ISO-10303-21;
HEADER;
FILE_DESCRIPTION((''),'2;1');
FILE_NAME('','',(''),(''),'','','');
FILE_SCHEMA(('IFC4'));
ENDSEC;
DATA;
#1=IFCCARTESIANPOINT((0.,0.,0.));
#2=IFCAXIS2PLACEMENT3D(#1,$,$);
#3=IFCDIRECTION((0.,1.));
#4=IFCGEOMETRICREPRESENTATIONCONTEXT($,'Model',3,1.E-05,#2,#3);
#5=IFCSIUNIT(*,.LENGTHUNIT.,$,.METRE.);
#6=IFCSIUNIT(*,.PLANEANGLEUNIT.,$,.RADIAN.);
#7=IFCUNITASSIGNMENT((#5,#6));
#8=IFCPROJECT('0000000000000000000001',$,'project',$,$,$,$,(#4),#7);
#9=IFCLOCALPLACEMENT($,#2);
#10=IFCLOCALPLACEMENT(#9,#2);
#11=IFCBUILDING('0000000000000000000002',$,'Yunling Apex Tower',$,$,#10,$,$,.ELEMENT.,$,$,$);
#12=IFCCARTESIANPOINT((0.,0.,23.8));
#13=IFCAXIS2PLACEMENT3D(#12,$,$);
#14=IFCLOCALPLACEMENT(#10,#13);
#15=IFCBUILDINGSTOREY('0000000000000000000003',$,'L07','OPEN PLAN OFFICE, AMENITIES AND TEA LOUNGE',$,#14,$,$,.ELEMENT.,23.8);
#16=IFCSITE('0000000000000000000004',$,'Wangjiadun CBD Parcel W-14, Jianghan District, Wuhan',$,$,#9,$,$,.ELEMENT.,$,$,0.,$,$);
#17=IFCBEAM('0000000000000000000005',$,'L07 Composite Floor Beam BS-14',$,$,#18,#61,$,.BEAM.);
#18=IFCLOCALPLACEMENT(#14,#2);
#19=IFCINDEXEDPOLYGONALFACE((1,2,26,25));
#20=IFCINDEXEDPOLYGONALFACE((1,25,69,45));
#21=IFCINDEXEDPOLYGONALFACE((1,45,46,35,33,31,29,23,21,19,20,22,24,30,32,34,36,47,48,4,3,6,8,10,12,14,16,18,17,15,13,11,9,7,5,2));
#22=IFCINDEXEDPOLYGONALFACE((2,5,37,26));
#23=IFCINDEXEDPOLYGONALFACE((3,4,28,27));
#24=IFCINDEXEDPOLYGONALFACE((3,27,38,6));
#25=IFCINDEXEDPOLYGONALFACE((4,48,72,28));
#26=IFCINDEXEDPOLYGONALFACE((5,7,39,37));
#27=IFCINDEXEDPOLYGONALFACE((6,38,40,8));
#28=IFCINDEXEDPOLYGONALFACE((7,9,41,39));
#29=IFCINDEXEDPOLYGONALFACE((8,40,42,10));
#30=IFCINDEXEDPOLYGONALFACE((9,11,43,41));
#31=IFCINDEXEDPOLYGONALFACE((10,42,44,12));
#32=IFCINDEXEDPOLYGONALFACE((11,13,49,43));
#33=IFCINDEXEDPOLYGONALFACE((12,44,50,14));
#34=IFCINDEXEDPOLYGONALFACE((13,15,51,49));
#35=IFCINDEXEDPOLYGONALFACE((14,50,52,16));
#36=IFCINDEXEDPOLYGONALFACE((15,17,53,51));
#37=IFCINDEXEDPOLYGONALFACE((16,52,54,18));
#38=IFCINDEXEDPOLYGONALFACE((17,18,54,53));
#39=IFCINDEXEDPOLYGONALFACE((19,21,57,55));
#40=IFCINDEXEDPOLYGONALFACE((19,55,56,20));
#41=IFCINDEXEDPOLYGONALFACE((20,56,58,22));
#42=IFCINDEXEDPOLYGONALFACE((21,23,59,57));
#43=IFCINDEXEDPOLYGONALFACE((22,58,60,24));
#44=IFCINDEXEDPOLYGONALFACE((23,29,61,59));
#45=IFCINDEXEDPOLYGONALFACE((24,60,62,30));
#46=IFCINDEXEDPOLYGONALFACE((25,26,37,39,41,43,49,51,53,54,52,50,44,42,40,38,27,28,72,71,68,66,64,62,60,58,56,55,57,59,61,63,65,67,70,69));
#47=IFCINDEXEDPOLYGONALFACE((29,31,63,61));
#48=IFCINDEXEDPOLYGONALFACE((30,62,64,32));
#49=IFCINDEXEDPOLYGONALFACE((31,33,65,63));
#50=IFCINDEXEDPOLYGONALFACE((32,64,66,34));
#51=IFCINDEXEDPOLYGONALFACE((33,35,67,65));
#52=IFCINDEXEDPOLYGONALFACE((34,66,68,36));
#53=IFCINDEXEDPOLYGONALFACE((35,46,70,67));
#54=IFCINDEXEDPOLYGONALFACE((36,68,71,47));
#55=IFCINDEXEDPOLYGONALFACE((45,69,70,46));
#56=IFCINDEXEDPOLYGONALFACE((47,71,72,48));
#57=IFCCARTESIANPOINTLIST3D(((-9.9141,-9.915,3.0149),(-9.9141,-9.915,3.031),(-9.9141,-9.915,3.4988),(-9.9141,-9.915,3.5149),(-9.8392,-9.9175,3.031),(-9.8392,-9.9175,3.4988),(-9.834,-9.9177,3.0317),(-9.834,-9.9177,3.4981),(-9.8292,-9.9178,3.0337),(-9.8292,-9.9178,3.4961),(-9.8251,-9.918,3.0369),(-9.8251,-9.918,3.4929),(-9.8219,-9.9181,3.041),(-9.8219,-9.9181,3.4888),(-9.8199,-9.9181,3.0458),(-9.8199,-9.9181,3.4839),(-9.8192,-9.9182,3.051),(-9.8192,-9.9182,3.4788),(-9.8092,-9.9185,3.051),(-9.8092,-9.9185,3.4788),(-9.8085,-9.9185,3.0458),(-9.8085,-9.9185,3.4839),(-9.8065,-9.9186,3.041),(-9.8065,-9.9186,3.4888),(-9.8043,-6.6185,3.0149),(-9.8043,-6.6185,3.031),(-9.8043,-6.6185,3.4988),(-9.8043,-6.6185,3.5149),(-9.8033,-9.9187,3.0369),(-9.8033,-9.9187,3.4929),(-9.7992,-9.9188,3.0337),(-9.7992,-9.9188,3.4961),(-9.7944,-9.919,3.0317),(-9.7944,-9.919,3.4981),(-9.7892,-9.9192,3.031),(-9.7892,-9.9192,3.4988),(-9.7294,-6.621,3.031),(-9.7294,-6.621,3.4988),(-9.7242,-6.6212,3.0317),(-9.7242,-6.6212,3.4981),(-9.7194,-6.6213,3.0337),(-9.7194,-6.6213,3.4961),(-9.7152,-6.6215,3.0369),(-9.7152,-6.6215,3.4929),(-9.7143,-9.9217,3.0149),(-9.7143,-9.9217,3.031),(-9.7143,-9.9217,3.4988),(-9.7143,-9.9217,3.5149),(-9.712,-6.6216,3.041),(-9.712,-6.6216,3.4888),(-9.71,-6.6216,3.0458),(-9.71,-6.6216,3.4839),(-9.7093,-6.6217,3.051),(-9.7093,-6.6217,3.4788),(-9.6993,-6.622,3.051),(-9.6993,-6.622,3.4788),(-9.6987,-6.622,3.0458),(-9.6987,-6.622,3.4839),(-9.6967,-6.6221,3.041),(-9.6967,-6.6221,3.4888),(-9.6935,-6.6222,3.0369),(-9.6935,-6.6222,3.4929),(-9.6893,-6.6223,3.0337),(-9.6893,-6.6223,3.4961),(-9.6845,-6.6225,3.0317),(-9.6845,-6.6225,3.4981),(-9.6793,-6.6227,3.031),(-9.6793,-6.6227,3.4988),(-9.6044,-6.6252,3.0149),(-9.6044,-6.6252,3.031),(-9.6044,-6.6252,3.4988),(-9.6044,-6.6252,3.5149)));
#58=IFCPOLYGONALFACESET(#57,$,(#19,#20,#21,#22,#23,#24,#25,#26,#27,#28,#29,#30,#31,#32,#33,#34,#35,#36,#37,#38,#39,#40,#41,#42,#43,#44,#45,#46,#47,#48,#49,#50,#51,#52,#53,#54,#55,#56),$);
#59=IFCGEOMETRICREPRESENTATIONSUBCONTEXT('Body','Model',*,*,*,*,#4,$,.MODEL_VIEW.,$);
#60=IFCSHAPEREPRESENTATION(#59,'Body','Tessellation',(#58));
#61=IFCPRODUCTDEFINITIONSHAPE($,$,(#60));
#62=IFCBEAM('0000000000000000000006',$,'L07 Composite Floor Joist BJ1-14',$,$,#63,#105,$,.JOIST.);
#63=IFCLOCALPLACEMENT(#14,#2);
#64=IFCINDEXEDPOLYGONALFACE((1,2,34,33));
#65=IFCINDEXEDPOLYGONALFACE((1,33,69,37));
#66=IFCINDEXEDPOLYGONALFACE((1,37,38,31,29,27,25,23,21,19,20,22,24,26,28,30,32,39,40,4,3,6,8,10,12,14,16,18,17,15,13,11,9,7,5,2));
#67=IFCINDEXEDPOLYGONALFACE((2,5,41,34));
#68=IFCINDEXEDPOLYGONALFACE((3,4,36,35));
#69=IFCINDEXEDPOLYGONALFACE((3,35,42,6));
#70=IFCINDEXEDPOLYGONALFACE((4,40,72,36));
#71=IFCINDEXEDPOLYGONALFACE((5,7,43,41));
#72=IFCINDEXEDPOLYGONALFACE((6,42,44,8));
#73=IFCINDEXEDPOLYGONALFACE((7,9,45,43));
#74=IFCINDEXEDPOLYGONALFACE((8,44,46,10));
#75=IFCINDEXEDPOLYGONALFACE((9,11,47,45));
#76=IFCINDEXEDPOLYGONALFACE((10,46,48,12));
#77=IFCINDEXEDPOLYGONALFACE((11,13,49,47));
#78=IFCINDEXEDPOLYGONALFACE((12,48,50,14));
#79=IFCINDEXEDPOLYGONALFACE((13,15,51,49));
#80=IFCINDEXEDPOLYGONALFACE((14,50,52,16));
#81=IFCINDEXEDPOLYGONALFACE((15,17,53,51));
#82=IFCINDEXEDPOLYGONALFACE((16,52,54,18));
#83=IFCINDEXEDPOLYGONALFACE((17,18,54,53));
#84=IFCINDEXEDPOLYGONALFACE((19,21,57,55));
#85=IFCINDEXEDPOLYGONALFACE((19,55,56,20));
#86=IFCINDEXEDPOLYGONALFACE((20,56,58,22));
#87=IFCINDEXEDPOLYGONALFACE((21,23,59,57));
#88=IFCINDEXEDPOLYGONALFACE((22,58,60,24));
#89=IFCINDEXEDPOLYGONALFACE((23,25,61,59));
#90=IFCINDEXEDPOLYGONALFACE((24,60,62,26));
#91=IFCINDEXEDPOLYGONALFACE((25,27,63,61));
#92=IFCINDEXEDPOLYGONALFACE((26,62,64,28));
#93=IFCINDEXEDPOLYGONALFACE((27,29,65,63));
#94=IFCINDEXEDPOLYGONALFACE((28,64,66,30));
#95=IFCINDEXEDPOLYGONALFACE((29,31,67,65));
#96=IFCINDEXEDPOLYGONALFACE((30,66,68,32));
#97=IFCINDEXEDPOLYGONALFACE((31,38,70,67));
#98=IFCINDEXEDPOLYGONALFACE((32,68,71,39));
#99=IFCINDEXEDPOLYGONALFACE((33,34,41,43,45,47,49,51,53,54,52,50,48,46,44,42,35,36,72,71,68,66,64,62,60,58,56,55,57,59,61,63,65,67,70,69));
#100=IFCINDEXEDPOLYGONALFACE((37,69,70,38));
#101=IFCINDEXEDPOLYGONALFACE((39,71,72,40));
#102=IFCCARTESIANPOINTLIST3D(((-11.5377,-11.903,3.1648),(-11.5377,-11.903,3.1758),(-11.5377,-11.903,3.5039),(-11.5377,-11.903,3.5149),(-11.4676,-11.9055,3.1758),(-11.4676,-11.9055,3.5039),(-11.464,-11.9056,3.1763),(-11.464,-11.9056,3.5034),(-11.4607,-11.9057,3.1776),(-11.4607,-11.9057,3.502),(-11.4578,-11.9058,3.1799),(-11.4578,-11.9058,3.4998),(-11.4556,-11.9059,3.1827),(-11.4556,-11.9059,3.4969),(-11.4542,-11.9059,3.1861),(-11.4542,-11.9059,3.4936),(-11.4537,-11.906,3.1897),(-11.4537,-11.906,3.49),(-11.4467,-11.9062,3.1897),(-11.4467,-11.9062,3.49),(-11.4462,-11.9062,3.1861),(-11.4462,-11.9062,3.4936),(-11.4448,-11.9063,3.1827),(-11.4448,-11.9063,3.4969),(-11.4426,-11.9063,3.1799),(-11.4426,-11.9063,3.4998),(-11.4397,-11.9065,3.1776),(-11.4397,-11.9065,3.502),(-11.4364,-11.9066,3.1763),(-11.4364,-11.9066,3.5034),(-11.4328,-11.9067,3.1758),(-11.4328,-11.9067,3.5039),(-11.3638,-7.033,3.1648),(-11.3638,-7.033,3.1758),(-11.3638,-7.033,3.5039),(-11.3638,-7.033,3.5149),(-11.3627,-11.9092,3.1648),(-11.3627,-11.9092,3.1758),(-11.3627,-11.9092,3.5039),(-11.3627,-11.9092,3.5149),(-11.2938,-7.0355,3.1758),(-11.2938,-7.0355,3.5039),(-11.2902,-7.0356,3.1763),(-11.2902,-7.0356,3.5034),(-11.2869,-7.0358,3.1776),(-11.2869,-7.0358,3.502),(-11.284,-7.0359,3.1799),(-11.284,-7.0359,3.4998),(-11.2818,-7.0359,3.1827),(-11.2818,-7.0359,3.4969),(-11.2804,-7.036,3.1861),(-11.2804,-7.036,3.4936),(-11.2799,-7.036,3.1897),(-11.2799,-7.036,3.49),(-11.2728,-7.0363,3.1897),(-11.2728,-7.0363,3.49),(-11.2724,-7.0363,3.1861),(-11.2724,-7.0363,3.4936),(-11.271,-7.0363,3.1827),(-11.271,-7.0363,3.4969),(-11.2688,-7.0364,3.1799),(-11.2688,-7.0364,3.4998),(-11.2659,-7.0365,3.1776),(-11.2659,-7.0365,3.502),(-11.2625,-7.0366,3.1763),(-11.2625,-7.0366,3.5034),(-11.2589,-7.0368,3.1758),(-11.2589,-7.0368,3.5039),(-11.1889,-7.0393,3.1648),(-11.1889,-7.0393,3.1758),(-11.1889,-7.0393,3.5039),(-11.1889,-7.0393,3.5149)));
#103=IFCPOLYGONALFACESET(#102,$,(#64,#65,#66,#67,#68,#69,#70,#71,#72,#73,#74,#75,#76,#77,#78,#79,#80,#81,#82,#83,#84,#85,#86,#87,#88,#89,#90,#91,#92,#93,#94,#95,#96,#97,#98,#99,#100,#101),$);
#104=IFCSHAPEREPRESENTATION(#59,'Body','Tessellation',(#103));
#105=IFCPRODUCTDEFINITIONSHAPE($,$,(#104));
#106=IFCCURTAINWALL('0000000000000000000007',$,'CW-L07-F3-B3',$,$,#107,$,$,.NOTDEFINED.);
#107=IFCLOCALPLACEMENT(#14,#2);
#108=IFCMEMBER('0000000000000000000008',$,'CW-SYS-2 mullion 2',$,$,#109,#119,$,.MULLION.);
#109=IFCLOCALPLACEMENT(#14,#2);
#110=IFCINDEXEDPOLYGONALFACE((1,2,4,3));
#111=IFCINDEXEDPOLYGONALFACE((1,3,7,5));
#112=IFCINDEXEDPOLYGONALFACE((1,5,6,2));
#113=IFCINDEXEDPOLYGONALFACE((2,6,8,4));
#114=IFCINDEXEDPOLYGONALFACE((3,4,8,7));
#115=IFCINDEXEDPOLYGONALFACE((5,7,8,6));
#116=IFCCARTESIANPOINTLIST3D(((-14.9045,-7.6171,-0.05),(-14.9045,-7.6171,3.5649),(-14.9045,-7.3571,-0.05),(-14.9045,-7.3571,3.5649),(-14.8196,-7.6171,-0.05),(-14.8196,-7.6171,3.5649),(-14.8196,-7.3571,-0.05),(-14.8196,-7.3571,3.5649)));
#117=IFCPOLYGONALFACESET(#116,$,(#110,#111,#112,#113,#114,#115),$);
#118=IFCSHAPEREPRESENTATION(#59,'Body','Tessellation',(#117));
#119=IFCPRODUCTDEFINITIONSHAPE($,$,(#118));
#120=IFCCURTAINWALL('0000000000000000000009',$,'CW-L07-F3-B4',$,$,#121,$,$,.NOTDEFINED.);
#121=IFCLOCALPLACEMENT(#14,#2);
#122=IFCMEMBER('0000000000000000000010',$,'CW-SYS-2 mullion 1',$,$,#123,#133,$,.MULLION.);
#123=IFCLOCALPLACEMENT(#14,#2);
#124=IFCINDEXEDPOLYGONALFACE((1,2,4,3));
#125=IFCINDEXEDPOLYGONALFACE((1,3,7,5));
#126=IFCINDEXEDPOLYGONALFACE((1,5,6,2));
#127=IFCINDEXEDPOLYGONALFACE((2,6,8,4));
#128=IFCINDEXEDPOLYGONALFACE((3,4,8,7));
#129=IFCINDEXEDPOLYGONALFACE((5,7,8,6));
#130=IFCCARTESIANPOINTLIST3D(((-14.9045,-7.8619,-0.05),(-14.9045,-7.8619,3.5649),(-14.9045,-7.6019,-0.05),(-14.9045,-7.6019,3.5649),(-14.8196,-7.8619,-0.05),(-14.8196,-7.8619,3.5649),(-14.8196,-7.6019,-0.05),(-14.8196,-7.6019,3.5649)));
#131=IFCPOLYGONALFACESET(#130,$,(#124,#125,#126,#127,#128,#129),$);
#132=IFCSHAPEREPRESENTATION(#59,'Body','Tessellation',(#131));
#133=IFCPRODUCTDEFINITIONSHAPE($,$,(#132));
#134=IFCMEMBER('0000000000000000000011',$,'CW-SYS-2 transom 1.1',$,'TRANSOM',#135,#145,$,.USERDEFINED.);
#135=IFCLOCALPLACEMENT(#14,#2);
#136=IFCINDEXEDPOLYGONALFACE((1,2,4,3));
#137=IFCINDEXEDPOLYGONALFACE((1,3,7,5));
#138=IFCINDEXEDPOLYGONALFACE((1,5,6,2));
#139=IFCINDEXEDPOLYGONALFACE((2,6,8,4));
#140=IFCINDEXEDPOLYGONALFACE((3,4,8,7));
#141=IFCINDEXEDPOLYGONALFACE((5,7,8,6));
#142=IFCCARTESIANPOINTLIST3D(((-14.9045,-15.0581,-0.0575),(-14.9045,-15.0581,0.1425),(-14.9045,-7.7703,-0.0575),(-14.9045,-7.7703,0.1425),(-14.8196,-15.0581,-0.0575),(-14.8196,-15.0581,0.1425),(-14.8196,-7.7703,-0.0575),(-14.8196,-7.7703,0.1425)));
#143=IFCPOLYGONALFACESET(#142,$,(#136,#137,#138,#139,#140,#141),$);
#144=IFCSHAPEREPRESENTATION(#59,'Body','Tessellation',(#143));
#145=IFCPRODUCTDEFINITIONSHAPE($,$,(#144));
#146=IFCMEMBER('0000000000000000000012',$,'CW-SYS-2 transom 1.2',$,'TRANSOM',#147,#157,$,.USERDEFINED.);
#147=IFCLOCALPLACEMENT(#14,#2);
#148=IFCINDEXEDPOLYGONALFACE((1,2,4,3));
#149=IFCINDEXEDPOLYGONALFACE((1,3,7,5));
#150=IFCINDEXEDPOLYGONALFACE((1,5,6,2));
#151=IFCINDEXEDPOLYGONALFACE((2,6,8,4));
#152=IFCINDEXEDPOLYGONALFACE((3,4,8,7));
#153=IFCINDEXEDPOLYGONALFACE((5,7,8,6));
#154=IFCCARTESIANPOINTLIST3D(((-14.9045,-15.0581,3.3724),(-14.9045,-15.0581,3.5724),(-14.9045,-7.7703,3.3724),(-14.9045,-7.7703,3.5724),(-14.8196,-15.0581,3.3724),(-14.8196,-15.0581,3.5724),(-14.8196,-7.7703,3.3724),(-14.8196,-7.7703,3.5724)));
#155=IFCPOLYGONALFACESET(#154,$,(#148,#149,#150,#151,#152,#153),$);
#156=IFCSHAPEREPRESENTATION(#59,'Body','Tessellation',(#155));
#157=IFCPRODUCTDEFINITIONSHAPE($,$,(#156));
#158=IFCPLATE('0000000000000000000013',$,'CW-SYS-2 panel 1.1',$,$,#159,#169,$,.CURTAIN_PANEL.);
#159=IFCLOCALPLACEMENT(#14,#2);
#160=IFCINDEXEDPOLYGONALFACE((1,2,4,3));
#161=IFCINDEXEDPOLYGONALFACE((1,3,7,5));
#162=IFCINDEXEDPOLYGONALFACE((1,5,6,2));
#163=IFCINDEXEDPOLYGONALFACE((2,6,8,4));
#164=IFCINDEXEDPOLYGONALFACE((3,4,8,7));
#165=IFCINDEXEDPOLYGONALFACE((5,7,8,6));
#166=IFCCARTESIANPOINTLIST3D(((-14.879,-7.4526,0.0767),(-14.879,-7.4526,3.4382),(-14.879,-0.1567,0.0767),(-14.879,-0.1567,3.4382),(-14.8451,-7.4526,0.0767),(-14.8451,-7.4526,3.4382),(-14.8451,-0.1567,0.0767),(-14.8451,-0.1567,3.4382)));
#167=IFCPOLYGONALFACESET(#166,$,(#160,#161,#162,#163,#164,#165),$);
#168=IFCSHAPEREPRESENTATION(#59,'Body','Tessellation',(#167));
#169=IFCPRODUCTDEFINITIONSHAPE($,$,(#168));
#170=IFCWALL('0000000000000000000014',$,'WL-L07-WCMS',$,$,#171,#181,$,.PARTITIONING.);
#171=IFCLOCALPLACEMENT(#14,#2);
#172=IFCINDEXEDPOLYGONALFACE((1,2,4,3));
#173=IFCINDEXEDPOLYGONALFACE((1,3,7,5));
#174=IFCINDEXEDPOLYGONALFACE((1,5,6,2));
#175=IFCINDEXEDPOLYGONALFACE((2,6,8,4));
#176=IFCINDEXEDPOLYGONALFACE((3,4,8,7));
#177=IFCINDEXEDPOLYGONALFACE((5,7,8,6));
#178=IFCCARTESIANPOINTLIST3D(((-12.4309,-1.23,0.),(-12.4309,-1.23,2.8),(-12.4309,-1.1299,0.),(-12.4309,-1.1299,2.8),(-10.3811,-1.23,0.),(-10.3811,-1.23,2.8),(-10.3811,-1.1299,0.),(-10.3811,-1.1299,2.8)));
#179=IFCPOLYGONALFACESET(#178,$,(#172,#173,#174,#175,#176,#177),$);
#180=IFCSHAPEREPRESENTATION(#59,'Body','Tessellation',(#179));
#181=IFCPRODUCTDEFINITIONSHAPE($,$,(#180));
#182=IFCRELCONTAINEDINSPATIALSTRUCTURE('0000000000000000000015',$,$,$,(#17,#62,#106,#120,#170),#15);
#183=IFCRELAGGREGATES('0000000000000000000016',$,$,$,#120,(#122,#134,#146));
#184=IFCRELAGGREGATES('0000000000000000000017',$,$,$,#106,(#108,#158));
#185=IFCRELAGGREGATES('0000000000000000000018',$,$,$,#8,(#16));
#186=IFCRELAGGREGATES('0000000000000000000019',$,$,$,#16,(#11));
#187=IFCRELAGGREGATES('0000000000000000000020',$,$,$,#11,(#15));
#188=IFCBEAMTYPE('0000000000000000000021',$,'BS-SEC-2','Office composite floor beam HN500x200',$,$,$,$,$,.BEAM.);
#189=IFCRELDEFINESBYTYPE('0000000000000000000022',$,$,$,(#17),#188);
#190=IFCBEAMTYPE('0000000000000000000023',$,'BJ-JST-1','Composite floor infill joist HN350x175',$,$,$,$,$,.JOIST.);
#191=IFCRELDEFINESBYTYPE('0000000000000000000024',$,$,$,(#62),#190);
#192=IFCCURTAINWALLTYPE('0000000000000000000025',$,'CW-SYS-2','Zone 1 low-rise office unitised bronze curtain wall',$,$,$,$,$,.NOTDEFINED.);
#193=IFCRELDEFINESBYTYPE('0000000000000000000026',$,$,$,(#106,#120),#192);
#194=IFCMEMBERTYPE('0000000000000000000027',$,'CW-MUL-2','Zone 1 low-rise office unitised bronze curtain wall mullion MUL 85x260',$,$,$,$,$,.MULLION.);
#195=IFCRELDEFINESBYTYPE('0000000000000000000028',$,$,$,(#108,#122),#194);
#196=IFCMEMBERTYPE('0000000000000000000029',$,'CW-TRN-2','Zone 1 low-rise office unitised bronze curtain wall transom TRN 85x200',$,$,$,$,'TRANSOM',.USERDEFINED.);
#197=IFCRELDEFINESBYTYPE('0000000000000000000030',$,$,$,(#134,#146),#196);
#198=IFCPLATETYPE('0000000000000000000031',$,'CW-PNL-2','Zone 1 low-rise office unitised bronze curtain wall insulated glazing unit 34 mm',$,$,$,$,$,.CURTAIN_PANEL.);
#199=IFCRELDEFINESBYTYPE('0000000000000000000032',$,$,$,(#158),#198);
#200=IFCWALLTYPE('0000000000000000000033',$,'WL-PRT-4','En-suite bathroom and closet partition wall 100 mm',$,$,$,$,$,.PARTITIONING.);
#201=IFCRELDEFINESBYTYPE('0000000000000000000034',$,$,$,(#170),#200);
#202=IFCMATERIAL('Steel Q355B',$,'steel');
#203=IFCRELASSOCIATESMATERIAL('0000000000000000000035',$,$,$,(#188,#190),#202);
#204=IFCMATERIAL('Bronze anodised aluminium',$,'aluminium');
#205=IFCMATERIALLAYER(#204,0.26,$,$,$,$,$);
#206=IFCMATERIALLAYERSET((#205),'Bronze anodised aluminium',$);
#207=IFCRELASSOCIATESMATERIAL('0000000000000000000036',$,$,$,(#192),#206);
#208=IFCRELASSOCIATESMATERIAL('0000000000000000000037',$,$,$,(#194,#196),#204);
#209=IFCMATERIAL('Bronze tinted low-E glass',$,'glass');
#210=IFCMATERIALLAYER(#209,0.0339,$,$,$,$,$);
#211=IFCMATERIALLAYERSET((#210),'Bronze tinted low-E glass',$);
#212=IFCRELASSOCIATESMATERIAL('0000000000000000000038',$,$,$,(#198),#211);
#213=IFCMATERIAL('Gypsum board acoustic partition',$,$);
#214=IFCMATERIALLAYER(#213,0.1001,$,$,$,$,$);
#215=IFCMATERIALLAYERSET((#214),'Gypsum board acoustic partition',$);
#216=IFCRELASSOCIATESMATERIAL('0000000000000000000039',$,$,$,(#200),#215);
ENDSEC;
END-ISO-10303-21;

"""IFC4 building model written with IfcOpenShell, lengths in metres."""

from ifc_helpers import new_model, si_unit, direction, frame, frame_2d, origin, origin_2d, place, context, subcontext, project, spatial, rectangle, i_section, extrude, source, transform, mapped, material, layer, layer_set, material_profile, profile_set, type_object, element, aggregate, save


model = new_model("IFC4")

# Units and contexts
model_context = context("Model", 3, precision=1e-05, world=origin(), true_north=direction((0.0, 1.0)))
body_context = subcontext(model_context, "Body", "Model", "MODEL_VIEW")
ifc_project = project(units=[si_unit("LENGTHUNIT", "METRE"), si_unit("PLANEANGLEUNIT", "RADIAN")], contexts=[model_context])

# Site, building, storey
site_placement = place(None, origin())
site = spatial("IfcSite", under=ifc_project, at=site_placement, Name="Wangjiadun CBD Parcel W-14, Jianghan District, Wuhan", CompositionType="ELEMENT", RefElevation=0.0)
building_placement = place(site_placement, origin())
building = spatial("IfcBuilding", under=site, at=building_placement, Name="Yunling Apex Tower", CompositionType="ELEMENT")
storey_placement = place(building_placement, frame((0.0, 0.0, 23.8)))
storey = spatial("IfcBuildingStorey", under=building, at=storey_placement, Name="L07", Description="OPEN PLAN OFFICE, AMENITIES AND TEA LOUNGE", CompositionType="ELEMENT", Elevation=23.8)

# Beams
ifc_material_1 = material(Name="Steel Q355B", Category="steel")
ifc_material_profile_1 = material_profile(ifc_material_1, i_section(OverallWidth=0.2, OverallDepth=0.5, WebThickness=0.01, FlangeThickness=0.0161, FilletRadius=0.02, at=origin_2d()))
ifc_profile_set_1 = profile_set([ifc_material_profile_1], Name="Steel Q355B")
beam_type_1 = type_object("IfcBeamType", Name="BS-SEC-2", Description="Office composite floor beam HN500x200", PredefinedType="BEAM", material=ifc_profile_set_1)
ifc_material_profile_2 = material_profile(ifc_material_1, i_section(OverallWidth=0.175, OverallDepth=0.3501, WebThickness=0.0071, FlangeThickness=0.011, FilletRadius=0.0139, at=origin_2d()))
ifc_profile_set_2 = profile_set([ifc_material_profile_2], Name="Steel Q355B")
beam_type_2 = type_object("IfcBeamType", Name="BJ-JST-1", Description="Composite floor infill joist HN350x175", PredefinedType="JOIST", material=ifc_profile_set_2)
shared_shape_1 = source(origin(), body_context, "Body", "SweptSolid", [
    extrude(i_section(OverallWidth=0.2, OverallDepth=0.5, WebThickness=0.01, FlangeThickness=0.0161, FilletRadius=0.02, at=origin_2d()), origin(), (0.0, 0.0, 1.0), 3.2983),
])
beam_1_placement = place(storey_placement, frame((-9.7043, -6.6218, 3.2649), z_axis=(-0.033307, -0.999445, 0.0), x_axis=(0.999445, -0.033307, 0.0)))
element("IfcBeam", 1, at=beam_1_placement, inside=storey, type_object=beam_type_1, Name="L07 Composite Floor Beam BS-14", PredefinedType="BEAM", context=body_context, shape_type="MappedRepresentation", body=[
    mapped(shared_shape_1, transform((0.0, 0.0, 0.0), scale=1.0)),
])
shared_shape_2 = source(origin(), body_context, "Body", "SweptSolid", [
    extrude(i_section(OverallWidth=0.175, OverallDepth=0.3501, WebThickness=0.0071, FlangeThickness=0.011, FilletRadius=0.0139, at=origin_2d()), origin(), (0.0, 0.0, 1.0), 4.873),
])
beam_2_placement = place(storey_placement, frame((-11.2764, -7.0361, 3.3398), z_axis=(-0.035672, -0.999364, 0.0), x_axis=(0.999364, -0.035672, 0.0)))
element("IfcBeam", 2, at=beam_2_placement, inside=storey, type_object=beam_type_2, Name="L07 Composite Floor Joist BJ1-14", PredefinedType="JOIST", context=body_context, shape_type="MappedRepresentation", body=[
    mapped(shared_shape_2, transform((0.0, 0.0, 0.0), scale=1.0)),
])

# Curtain wall, member
ifc_material_2 = material(Name="Bronze anodised aluminium", Category="aluminium")
ifc_layer_1 = layer(ifc_material_2, 0.26)
ifc_layer_set_1 = layer_set([ifc_layer_1], Name="Bronze anodised aluminium")
curtain_wall_type = type_object("IfcCurtainWallType", Name="CW-SYS-2", Description="Zone 1 low-rise office unitised bronze curtain wall", PredefinedType="NOTDEFINED", material=ifc_layer_set_1)
curtain_wall_1_placement = place(storey_placement, origin())
curtain_wall_1 = element("IfcCurtainWall", 3, at=curtain_wall_1_placement, inside=storey, type_object=curtain_wall_type, Name="CW-L07-F3-B3", PredefinedType="NOTDEFINED")
ifc_material_profile_3 = material_profile(ifc_material_2, rectangle(XDim=0.085, YDim=0.26, at=origin_2d()))
ifc_profile_set_3 = profile_set([ifc_material_profile_3], Name="Bronze anodised aluminium")
member_type_1 = type_object("IfcMemberType", Name="CW-MUL-2", Description="Zone 1 low-rise office unitised bronze curtain wall mullion MUL 85x260", PredefinedType="MULLION", material=ifc_profile_set_3)
shared_shape_3 = source(origin(), body_context, "Body", "SweptSolid", [
    extrude(rectangle(XDim=0.085, YDim=0.26, at=origin_2d()), origin(), (0.0, 0.0, 1.0), 3.615),
])
member_1_placement = place(storey_placement, frame((-14.8621, -7.4871, -0.05), z_axis=(0.0, 0.0, 1.0), x_axis=(1.0, 0.0, 0.0)))
member_1 = element("IfcMember", 4, at=member_1_placement, type_object=member_type_1, Name="CW-SYS-2 mullion 2", PredefinedType="MULLION", context=body_context, shape_type="MappedRepresentation", body=[
    mapped(shared_shape_3, transform((0.0, 0.0, 0.0), scale=1.0)),
])

# Curtain wall, members
curtain_wall_2_placement = place(storey_placement, origin())
curtain_wall_2 = element("IfcCurtainWall", 5, at=curtain_wall_2_placement, inside=storey, type_object=curtain_wall_type, Name="CW-L07-F3-B4", PredefinedType="NOTDEFINED")
member_2_placement = place(storey_placement, frame((-14.8621, -7.7319, -0.05), z_axis=(0.0, 0.0, 1.0), x_axis=(1.0, 0.0, 0.0)))
member_2 = element("IfcMember", 6, at=member_2_placement, type_object=member_type_1, Name="CW-SYS-2 mullion 1", PredefinedType="MULLION", context=body_context, shape_type="MappedRepresentation", body=[
    mapped(shared_shape_3, transform((0.0, 0.0, 0.0), scale=1.0)),
])
ifc_material_profile_4 = material_profile(ifc_material_2, rectangle(XDim=0.085, YDim=0.2, at=origin_2d()))
ifc_profile_set_4 = profile_set([ifc_material_profile_4], Name="Bronze anodised aluminium")
member_type_2 = type_object("IfcMemberType", Name="CW-TRN-2", Description="Zone 1 low-rise office unitised bronze curtain wall transom TRN 85x200", ElementType="TRANSOM", PredefinedType="USERDEFINED", material=ifc_profile_set_4)
shared_shape_4 = source(origin(), body_context, "Body", "SweptSolid", [
    extrude(rectangle(XDim=0.085, YDim=0.2, at=origin_2d()), origin(), (0.0, 0.0, 1.0), 7.2878),
])
member_3_placement = place(storey_placement, frame((-14.8621, -7.7703, 0.0425), z_axis=(0.0, -1.0, 0.0), x_axis=(1.0, 0.0, 0.0)))
member_3 = element("IfcMember", 7, at=member_3_placement, type_object=member_type_2, Name="CW-SYS-2 transom 1.1", ObjectType="TRANSOM", PredefinedType="USERDEFINED", context=body_context, shape_type="MappedRepresentation", body=[
    mapped(shared_shape_4, transform((0.0, 0.0, 0.0), scale=1.0)),
])
member_4_placement = place(storey_placement, frame((-14.8621, -7.7703, 3.4724), z_axis=(0.0, -1.0, 0.0), x_axis=(1.0, 0.0, 0.0)))
member_4 = element("IfcMember", 8, at=member_4_placement, type_object=member_type_2, Name="CW-SYS-2 transom 1.2", ObjectType="TRANSOM", PredefinedType="USERDEFINED", context=body_context, shape_type="MappedRepresentation", body=[
    mapped(shared_shape_4, transform((0.0, 0.0, 0.0), scale=1.0)),
])
aggregate(curtain_wall_2, [member_2, member_3, member_4])

# Plate
ifc_material_3 = material(Name="Bronze tinted low-E glass", Category="glass")
ifc_layer_2 = layer(ifc_material_3, 0.0339)
ifc_layer_set_2 = layer_set([ifc_layer_2], Name="Bronze tinted low-E glass")
plate_type = type_object("IfcPlateType", Name="CW-PNL-2", Description="Zone 1 low-rise office unitised bronze curtain wall insulated glazing unit 34 mm", PredefinedType="CURTAIN_PANEL", material=ifc_layer_set_2)
shared_shape_5 = source(origin(), body_context, "Body", "SweptSolid", [
    extrude(rectangle(XDim=7.2959, YDim=0.0339, at=origin_2d()), origin(), (0.0, 0.0, 1.0), 3.3616),
])
plate_placement = place(storey_placement, frame((-14.8621, -3.8047, 0.0767), z_axis=(0.0, 0.0, 1.0), x_axis=(0.0, -1.0, 0.0)))
plate = element("IfcPlate", 9, at=plate_placement, type_object=plate_type, Name="CW-SYS-2 panel 1.1", PredefinedType="CURTAIN_PANEL", context=body_context, shape_type="MappedRepresentation", body=[
    mapped(shared_shape_5, transform((0.0, 0.0, 0.0), scale=1.0)),
])
aggregate(curtain_wall_1, [member_1, plate])

# Wall
ifc_material_4 = material(Name="Gypsum board acoustic partition")
ifc_layer_3 = layer(ifc_material_4, 0.1001)
ifc_layer_set_3 = layer_set([ifc_layer_3], Name="Gypsum board acoustic partition")
wall_type = type_object("IfcWallType", Name="WL-PRT-4", Description="En-suite bathroom and closet partition wall 100 mm", PredefinedType="PARTITIONING", material=ifc_layer_set_3)
wall_1_placement = place(storey_placement, frame((-10.3811, -1.1799, 0.0), z_axis=(0.0, 0.0, 1.0), x_axis=(-1.0, 0.0, 0.0)))
element("IfcWall", 10, at=wall_1_placement, inside=storey, type_object=wall_type, Name="WL-L07-WCMS", PredefinedType="PARTITIONING", context=body_context, shape_type="SweptSolid", body=[
    extrude(rectangle(XDim=2.0498, YDim=0.1001, at=frame_2d((1.0249, 0.0))), origin(), (0.0, 0.0, 1.0), 2.8),
])

save(model, "model.ifc")
